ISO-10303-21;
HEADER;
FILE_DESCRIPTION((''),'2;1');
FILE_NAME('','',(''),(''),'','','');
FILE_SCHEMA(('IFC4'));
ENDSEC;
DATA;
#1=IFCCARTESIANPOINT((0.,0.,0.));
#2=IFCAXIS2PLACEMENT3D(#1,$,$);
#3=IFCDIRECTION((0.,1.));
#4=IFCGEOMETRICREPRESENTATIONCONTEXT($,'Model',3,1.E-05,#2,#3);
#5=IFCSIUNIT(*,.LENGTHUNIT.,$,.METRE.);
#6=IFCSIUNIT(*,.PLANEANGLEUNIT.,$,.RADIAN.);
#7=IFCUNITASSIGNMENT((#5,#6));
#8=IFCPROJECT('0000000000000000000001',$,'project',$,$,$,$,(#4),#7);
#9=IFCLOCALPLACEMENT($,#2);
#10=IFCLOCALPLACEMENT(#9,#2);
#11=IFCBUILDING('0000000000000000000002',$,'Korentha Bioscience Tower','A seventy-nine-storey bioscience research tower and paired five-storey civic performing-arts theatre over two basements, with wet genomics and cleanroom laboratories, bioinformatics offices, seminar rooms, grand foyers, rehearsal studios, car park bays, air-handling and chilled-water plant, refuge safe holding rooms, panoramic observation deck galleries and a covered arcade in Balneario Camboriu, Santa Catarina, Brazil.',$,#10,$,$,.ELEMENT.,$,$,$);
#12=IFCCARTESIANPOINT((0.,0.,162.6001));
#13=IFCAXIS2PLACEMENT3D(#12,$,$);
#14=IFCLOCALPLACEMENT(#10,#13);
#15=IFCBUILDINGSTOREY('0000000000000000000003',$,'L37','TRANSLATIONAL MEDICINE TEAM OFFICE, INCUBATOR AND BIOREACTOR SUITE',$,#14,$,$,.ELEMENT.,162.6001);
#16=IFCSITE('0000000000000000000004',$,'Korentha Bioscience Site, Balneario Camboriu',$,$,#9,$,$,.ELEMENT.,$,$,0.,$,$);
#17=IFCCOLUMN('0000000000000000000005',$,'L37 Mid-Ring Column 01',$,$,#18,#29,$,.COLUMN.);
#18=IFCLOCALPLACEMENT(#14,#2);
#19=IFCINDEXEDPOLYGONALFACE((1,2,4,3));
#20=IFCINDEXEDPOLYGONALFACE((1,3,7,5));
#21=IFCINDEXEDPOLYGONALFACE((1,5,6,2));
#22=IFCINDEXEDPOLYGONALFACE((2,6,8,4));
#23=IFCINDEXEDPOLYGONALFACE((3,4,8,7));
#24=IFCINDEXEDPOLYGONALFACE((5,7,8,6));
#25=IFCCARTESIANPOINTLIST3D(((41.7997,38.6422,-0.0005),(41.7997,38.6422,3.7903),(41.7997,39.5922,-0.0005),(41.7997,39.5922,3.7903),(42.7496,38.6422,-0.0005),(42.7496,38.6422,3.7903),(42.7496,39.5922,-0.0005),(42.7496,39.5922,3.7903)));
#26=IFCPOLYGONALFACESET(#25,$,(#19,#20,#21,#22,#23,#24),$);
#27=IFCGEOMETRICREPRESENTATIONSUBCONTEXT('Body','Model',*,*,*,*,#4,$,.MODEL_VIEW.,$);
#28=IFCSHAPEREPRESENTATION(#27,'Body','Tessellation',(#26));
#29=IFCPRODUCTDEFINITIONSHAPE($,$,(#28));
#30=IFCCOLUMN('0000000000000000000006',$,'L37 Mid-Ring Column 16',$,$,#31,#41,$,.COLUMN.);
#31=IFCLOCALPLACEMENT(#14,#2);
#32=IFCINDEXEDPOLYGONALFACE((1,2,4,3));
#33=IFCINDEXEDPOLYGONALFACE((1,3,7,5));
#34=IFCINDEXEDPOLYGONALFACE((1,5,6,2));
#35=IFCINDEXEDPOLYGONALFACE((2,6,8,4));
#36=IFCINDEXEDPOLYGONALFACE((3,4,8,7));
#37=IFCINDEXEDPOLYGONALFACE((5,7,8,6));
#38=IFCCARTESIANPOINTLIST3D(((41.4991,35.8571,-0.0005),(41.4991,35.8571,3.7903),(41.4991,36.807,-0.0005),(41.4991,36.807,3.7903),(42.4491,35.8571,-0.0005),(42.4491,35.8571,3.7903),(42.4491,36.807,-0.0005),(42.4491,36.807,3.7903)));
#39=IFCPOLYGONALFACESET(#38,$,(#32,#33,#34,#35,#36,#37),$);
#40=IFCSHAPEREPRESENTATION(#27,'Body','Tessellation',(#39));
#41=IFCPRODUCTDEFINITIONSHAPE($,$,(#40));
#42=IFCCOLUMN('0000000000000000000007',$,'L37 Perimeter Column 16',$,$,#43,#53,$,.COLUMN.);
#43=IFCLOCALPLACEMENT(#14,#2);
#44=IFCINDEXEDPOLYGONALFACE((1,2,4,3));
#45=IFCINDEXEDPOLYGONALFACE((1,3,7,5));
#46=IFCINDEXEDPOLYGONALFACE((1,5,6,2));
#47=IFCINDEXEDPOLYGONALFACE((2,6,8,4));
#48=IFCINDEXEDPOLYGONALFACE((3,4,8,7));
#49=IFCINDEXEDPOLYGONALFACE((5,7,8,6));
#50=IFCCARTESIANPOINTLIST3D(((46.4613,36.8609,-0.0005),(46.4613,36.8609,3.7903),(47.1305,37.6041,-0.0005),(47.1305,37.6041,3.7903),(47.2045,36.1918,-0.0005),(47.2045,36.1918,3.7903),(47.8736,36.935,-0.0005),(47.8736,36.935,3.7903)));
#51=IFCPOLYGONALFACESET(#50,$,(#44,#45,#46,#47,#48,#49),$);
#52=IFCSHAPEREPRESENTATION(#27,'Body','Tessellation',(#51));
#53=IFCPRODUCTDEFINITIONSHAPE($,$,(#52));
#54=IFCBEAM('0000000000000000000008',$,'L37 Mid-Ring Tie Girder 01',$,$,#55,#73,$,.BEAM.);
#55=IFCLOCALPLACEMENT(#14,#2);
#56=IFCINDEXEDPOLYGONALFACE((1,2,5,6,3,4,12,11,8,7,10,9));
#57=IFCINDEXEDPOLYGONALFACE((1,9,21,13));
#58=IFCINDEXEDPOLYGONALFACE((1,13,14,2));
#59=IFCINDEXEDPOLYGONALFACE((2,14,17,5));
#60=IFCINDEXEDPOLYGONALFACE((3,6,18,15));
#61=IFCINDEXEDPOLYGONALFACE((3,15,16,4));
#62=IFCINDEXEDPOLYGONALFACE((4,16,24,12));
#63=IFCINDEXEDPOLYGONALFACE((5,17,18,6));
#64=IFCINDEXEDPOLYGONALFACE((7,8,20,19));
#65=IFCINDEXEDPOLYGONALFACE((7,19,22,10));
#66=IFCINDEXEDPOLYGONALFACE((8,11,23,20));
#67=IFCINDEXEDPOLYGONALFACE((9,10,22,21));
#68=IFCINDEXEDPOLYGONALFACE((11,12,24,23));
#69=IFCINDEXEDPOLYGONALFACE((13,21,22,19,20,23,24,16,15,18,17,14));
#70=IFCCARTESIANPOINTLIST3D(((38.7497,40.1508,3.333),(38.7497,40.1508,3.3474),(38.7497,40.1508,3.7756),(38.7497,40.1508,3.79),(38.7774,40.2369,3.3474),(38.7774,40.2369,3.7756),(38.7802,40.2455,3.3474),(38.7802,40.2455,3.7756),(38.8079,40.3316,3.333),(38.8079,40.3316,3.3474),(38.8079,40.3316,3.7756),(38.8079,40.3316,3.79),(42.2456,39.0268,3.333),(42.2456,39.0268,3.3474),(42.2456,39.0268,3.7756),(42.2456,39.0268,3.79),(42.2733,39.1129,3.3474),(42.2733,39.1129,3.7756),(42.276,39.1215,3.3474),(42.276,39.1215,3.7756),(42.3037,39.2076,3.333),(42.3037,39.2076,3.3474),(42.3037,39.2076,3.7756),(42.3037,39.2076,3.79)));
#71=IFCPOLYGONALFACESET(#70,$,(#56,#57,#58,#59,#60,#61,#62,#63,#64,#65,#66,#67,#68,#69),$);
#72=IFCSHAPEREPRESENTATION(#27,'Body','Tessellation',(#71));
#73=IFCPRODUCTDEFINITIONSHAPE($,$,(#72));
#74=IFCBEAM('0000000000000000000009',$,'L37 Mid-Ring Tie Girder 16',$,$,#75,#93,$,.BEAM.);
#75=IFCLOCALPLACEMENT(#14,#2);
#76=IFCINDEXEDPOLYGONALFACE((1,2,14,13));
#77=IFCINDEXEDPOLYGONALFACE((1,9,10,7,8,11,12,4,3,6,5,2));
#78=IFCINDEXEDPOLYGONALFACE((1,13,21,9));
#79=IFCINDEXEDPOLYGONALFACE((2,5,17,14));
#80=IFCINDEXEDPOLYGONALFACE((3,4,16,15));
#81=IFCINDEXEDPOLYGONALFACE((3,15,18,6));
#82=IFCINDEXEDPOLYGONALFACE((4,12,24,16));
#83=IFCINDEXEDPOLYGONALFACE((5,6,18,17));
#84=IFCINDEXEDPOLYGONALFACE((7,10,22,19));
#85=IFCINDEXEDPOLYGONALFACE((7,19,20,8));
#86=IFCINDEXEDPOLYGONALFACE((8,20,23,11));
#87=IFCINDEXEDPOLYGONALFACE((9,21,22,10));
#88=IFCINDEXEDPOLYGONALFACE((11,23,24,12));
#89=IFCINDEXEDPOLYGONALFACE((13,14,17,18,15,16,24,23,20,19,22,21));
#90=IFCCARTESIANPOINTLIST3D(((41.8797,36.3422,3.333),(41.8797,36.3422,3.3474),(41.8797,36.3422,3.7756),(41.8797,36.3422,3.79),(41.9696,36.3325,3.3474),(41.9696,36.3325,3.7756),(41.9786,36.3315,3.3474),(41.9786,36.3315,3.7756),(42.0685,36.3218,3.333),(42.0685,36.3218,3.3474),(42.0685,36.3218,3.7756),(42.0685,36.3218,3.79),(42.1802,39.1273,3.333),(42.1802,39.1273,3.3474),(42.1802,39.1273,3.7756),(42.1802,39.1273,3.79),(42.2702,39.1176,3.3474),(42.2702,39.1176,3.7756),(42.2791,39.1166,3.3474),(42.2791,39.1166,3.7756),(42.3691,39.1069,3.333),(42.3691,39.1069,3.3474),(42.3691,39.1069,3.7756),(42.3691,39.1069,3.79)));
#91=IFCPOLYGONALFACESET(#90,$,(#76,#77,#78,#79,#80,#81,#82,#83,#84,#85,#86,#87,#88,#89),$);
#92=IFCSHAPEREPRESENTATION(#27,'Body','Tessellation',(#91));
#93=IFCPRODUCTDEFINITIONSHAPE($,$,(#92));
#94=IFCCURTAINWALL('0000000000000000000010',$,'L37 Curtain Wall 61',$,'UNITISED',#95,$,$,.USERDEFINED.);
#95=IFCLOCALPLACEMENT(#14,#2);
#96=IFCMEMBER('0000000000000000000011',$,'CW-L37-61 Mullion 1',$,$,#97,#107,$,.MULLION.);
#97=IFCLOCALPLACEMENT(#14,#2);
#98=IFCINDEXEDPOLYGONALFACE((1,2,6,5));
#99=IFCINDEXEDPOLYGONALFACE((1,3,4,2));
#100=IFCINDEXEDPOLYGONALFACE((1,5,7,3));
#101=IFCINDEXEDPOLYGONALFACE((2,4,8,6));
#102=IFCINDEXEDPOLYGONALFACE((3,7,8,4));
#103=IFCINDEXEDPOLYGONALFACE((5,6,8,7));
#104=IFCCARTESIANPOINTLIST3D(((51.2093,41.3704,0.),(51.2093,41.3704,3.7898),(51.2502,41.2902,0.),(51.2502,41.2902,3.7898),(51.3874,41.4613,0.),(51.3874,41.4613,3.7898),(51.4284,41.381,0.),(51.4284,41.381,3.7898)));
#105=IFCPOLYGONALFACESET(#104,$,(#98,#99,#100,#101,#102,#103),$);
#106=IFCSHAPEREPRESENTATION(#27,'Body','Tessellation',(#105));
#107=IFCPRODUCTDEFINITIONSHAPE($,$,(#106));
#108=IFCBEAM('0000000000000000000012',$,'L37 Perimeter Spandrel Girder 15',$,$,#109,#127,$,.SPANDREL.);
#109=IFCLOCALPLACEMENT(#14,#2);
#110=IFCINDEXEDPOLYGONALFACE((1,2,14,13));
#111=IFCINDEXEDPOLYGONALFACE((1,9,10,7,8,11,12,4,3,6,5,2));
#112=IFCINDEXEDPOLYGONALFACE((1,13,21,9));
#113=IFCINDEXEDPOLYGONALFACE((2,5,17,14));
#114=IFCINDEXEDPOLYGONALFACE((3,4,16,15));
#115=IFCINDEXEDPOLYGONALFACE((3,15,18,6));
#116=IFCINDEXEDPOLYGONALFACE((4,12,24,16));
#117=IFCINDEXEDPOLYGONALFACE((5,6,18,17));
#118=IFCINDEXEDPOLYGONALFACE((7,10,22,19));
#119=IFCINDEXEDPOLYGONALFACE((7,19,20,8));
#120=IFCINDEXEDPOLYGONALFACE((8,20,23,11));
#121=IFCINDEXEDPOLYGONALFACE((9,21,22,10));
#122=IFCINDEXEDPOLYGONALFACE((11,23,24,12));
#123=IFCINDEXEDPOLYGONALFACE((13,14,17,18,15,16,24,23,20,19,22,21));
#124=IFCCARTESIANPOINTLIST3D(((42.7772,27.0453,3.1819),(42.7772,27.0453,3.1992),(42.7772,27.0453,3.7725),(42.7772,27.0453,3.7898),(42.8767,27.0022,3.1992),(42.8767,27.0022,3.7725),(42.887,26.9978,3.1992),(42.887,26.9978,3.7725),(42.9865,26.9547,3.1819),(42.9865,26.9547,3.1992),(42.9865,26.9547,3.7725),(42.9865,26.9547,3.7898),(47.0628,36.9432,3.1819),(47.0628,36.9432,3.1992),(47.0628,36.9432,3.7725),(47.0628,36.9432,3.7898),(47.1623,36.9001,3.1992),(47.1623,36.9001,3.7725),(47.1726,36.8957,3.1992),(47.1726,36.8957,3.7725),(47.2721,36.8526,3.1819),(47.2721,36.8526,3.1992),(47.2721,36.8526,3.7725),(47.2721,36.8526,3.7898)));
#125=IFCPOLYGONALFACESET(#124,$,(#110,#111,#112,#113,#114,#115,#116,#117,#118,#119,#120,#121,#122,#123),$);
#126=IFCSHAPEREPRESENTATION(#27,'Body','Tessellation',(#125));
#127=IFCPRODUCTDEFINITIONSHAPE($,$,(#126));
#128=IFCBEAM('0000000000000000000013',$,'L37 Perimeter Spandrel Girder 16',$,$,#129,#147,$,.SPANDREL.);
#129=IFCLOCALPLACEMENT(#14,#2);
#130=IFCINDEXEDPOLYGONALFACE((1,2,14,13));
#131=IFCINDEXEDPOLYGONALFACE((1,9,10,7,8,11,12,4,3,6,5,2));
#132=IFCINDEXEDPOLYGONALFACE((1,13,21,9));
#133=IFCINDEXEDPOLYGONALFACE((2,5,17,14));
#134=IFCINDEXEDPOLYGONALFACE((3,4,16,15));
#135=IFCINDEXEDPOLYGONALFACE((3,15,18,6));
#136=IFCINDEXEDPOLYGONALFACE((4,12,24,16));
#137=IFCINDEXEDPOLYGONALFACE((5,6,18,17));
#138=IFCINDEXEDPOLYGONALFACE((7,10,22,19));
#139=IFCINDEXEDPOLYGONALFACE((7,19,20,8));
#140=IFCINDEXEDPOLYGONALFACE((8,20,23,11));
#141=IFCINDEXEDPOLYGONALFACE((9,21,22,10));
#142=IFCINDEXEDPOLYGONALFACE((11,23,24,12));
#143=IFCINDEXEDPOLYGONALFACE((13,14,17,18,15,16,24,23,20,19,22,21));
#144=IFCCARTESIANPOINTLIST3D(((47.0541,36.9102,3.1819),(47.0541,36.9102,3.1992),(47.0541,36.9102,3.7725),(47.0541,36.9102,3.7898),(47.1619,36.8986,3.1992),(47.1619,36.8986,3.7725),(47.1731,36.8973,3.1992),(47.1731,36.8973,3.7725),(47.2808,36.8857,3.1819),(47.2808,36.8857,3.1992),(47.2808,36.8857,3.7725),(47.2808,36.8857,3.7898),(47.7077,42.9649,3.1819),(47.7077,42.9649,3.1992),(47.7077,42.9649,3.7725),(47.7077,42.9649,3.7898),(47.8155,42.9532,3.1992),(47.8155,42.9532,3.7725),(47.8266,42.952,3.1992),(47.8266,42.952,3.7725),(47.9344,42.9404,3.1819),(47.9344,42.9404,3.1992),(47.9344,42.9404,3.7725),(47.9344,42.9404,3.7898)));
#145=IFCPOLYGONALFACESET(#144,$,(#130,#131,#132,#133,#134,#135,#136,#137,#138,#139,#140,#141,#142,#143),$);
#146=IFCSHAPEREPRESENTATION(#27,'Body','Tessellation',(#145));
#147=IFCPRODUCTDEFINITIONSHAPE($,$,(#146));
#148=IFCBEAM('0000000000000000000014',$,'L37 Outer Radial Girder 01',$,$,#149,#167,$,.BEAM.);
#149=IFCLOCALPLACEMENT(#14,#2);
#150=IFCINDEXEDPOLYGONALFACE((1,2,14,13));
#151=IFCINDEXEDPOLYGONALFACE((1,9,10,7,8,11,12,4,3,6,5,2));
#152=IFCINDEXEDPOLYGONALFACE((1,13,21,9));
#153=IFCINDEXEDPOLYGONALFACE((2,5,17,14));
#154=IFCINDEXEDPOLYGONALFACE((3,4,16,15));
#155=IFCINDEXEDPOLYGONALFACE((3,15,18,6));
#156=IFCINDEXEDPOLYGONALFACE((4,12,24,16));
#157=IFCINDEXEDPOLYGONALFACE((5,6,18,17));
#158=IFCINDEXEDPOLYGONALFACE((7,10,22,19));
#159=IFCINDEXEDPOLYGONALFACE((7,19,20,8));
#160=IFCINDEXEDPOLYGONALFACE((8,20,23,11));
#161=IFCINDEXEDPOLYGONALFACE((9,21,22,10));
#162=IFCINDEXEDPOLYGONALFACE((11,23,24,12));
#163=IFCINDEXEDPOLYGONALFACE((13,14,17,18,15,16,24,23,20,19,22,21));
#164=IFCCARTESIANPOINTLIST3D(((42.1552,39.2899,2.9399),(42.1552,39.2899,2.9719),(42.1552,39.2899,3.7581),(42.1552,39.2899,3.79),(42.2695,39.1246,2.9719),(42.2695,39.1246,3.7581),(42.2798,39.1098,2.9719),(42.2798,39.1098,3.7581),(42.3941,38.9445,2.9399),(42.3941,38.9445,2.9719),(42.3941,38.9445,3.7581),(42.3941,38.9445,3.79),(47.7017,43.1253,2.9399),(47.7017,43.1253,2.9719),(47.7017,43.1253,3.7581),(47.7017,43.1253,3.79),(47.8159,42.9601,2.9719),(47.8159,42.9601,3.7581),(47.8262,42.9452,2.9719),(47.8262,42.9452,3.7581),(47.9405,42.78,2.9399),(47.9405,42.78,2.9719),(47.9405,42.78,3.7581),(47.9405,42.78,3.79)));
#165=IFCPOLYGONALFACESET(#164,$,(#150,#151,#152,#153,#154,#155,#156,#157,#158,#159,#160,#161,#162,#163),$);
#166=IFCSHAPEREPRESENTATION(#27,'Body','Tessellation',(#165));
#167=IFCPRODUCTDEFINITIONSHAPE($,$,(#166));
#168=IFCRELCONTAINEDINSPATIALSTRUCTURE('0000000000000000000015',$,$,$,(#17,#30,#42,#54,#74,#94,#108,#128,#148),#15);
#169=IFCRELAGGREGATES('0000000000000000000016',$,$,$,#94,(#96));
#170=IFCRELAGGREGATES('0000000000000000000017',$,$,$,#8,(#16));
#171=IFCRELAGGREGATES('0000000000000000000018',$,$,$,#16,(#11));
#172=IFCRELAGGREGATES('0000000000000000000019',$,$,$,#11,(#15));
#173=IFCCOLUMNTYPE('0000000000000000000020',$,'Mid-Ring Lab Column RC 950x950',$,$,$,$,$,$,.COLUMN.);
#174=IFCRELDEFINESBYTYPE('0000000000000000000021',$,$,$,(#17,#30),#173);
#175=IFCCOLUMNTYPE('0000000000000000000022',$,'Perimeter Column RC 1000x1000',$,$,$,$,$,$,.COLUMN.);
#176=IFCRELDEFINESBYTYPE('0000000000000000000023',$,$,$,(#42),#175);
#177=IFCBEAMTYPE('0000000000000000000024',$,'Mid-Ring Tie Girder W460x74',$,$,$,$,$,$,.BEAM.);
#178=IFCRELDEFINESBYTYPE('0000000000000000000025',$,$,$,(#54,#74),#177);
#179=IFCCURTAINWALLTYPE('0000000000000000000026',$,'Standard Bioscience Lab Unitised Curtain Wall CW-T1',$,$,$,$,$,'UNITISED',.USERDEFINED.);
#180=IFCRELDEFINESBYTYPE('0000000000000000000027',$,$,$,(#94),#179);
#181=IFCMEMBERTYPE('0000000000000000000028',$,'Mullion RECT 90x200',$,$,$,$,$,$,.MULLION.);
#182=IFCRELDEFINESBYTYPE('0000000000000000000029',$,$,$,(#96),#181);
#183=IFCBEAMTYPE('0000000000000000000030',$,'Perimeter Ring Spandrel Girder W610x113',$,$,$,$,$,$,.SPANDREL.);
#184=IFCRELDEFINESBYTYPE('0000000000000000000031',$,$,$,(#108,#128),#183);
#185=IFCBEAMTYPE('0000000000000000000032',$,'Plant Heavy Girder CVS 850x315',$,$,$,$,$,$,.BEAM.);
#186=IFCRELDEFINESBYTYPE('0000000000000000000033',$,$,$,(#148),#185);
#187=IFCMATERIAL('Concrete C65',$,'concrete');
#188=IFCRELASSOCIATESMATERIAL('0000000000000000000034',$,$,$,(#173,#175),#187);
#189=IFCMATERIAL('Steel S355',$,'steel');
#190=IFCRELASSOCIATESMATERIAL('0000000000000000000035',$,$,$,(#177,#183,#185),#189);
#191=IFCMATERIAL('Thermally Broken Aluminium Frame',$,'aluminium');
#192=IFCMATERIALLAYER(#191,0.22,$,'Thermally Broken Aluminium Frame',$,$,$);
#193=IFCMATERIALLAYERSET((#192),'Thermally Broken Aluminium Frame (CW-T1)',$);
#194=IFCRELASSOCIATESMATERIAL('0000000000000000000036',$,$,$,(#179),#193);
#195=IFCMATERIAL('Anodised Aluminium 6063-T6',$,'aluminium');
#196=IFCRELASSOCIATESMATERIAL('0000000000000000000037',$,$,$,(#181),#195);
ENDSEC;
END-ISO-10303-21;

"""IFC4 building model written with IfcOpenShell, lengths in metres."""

from ifc_helpers import new_model, si_unit, direction, frame, origin, origin_2d, place, context, subcontext, project, spatial, rectangle, i_section, extrude, material, layer, layer_set, material_profile, profile_set, type_object, element, aggregate, save


model = new_model("IFC4")

# Units and contexts
model_context = context("Model", 3, precision=1e-05, world=origin(), true_north=direction((0.0, 1.0)))
body_context = subcontext(model_context, "Body", "Model", "MODEL_VIEW")
ifc_project = project(units=[si_unit("LENGTHUNIT", "METRE"), si_unit("PLANEANGLEUNIT", "RADIAN")], contexts=[model_context])

# Site, building, storey
site_placement = place(None, origin())
site = spatial("IfcSite", under=ifc_project, at=site_placement, Name="Korentha Bioscience Site, Balneario Camboriu", CompositionType="ELEMENT", RefElevation=0.0)
building_placement = place(site_placement, origin())
building = spatial("IfcBuilding", under=site, at=building_placement, Name="Korentha Bioscience Tower", Description="A seventy-nine-storey bioscience research tower and paired five-storey civic performing-arts theatre over two basements, with wet genomics and cleanroom laboratories, bioinformatics offices, seminar rooms, grand foyers, rehearsal studios, car park bays, air-handling and chilled-water plant, refuge safe holding rooms, panoramic observation deck galleries and a covered arcade in Balneario Camboriu, Santa Catarina, Brazil.", CompositionType="ELEMENT")
storey_placement = place(building_placement, frame((0.0, 0.0, 162.6001)))
storey = spatial("IfcBuildingStorey", under=building, at=storey_placement, Name="L37", Description="TRANSLATIONAL MEDICINE TEAM OFFICE, INCUBATOR AND BIOREACTOR SUITE", CompositionType="ELEMENT", Elevation=162.6001)

# Columns
ifc_material_1 = material(Name="Concrete C65", Category="concrete")
ifc_material_profile_1 = material_profile(ifc_material_1, rectangle(XDim=0.95, YDim=0.95, at=origin_2d()), Name="Concrete C65")
ifc_profile_set_1 = profile_set([ifc_material_profile_1], Name="Concrete C65 (COL-MR09)")
column_type_1 = type_object("IfcColumnType", Name="Mid-Ring Lab Column RC 950x950", PredefinedType="COLUMN", material=ifc_profile_set_1)
for number, where, z_axis, x_axis, name in (
    (1, (42.2747, 39.1172, -0.0005), (0.0, 0.0, 1.0), (1.0, 0.0, 0.0), "L37 Mid-Ring Column 01"),
    (2, (41.9741, 36.332, -0.0005), (0.0, 0.0, 1.0), (1.0, 0.0, 0.0), "L37 Mid-Ring Column 16"),
):
    element("IfcColumn", number, at=place(storey_placement, frame(where, z_axis=z_axis, x_axis=x_axis)), inside=storey, type_object=column_type_1, Name=name, PredefinedType="COLUMN", context=body_context, shape_type="SweptSolid", body=[
        extrude(rectangle(XDim=0.95, YDim=0.95, at=origin_2d()), origin(), (0.0, 0.0, 1.0), 3.7908),
    ])
ifc_material_profile_2 = material_profile(ifc_material_1, rectangle(XDim=1.0, YDim=1.0, at=origin_2d()), Name="Concrete C65")
ifc_profile_set_2 = profile_set([ifc_material_profile_2], Name="Concrete C65 (COL-P10)")
column_type_2 = type_object("IfcColumnType", Name="Perimeter Column RC 1000x1000", PredefinedType="COLUMN", material=ifc_profile_set_2)
column_placement = place(storey_placement, frame((47.1675, 36.8979, -0.0005), z_axis=(0.0, 0.0, 1.0), x_axis=(0.669131, 0.743145, 0.0)))
element("IfcColumn", 3, at=column_placement, inside=storey, type_object=column_type_2, Name="L37 Perimeter Column 16", PredefinedType="COLUMN", context=body_context, shape_type="SweptSolid", body=[
    extrude(rectangle(XDim=1.0, YDim=1.0, at=origin_2d()), origin(), (0.0, 0.0, 1.0), 3.7908),
])

# Beams
ifc_material_2 = material(Name="Steel S355", Category="steel")
ifc_material_profile_3 = material_profile(ifc_material_2, i_section(OverallWidth=0.1899, OverallDepth=0.457, WebThickness=0.009, FlangeThickness=0.0144, at=origin_2d()), Name="Steel S355")
ifc_profile_set_3 = profile_set([ifc_material_profile_3], Name="Steel S355 (MB-460)")
beam_type_1 = type_object("IfcBeamType", Name="Mid-Ring Tie Girder W460x74", PredefinedType="BEAM", material=ifc_profile_set_3)
beam_1_placement = place(storey_placement, frame((42.2747, 39.1172, 3.5615), z_axis=(-0.952, 0.306097, 0.0), x_axis=(-0.306097, -0.952, 0.0)))
element("IfcBeam", 4, at=beam_1_placement, inside=storey, type_object=beam_type_1, Name="L37 Mid-Ring Tie Girder 01", PredefinedType="BEAM", context=body_context, shape_type="SweptSolid", body=[
    extrude(i_section(OverallWidth=0.1899, OverallDepth=0.457, WebThickness=0.009, FlangeThickness=0.0144, at=origin_2d()), origin(), (0.0, 0.0, 1.0), 3.6721),
])
beam_2_placement = place(storey_placement, frame((41.9741, 36.332, 3.5615), z_axis=(0.107284, 0.994228, 0.0), x_axis=(-0.994228, 0.107284, 0.0)))
element("IfcBeam", 5, at=beam_2_placement, inside=storey, type_object=beam_type_1, Name="L37 Mid-Ring Tie Girder 16", PredefinedType="BEAM", context=body_context, shape_type="SweptSolid", body=[
    extrude(i_section(OverallWidth=0.1899, OverallDepth=0.457, WebThickness=0.009, FlangeThickness=0.0144, at=origin_2d()), origin(), (0.0, 0.0, 1.0), 2.8013),
])

# Curtain wall, member
ifc_material_3 = material(Name="Thermally Broken Aluminium Frame", Category="aluminium")
ifc_layer_1 = layer(ifc_material_3, 0.22, Name="Thermally Broken Aluminium Frame")
ifc_layer_set_1 = layer_set([ifc_layer_1], Name="Thermally Broken Aluminium Frame (CW-T1)")
curtain_wall_type = type_object("IfcCurtainWallType", Name="Standard Bioscience Lab Unitised Curtain Wall CW-T1", ElementType="UNITISED", PredefinedType="USERDEFINED", material=ifc_layer_set_1)
curtain_wall_placement = place(storey_placement, origin())
curtain_wall = element("IfcCurtainWall", 6, at=curtain_wall_placement, inside=storey, type_object=curtain_wall_type, Name="L37 Curtain Wall 61", ObjectType="UNITISED", PredefinedType="USERDEFINED")
ifc_material_4 = material(Name="Anodised Aluminium 6063-T6", Category="aluminium")
ifc_material_profile_4 = material_profile(ifc_material_4, rectangle(XDim=0.0901, YDim=0.2, at=origin_2d()), Name="Anodised Aluminium 6063-T6")
ifc_profile_set_4 = profile_set([ifc_material_profile_4], Name="Anodised Aluminium 6063-T6 (CW-MUL)")
member_type_1 = type_object("IfcMemberType", Name="Mullion RECT 90x200", PredefinedType="MULLION", material=ifc_profile_set_4)
member_1_placement = place(storey_placement, frame((51.3188, 41.3757, 0.0), z_axis=(0.0, 0.0, 1.0), x_axis=(-0.454288, 0.890855, 0.0)))
member_1 = element("IfcMember", 7, at=member_1_placement, type_object=member_type_1, Name="CW-L37-61 Mullion 1", PredefinedType="MULLION", context=body_context, shape_type="SweptSolid", body=[
    extrude(rectangle(XDim=0.0901, YDim=0.2, at=origin_2d()), origin(), (0.0, 0.0, 1.0), 3.7898),
])

# Beams
ifc_material_profile_5 = material_profile(ifc_material_2, i_section(OverallWidth=0.228, OverallDepth=0.6079, WebThickness=0.0112, FlangeThickness=0.0173, at=origin_2d()), Name="Steel S355")
ifc_profile_set_5 = profile_set([ifc_material_profile_5], Name="Steel S355 (SB-610)")
beam_type_2 = type_object("IfcBeamType", Name="Perimeter Ring Spandrel Girder W610x113", PredefinedType="SPANDREL", material=ifc_profile_set_5)
beam_3_placement = place(storey_placement, frame((42.8818, 27.0, 3.4858), z_axis=(0.397337, 0.917673, 0.0), x_axis=(-0.917673, 0.397337, 0.0)))
element("IfcBeam", 8, at=beam_3_placement, inside=storey, type_object=beam_type_2, Name="L37 Perimeter Spandrel Girder 15", PredefinedType="SPANDREL", context=body_context, shape_type="SweptSolid", body=[
    extrude(i_section(OverallWidth=0.228, OverallDepth=0.6079, WebThickness=0.0112, FlangeThickness=0.0173, at=origin_2d()), origin(), (0.0, 0.0, 1.0), 10.7859),
])
beam_4_placement = place(storey_placement, frame((47.1675, 36.8979, 3.4858), z_axis=(0.10732, 0.994225, 0.0), x_axis=(-0.994225, 0.10732, 0.0)))
element("IfcBeam", 9, at=beam_4_placement, inside=storey, type_object=beam_type_2, Name="L37 Perimeter Spandrel Girder 16", PredefinedType="SPANDREL", context=body_context, shape_type="SweptSolid", body=[
    extrude(i_section(OverallWidth=0.228, OverallDepth=0.6079, WebThickness=0.0112, FlangeThickness=0.0173, at=origin_2d()), origin(), (0.0, 0.0, 1.0), 6.0898),
])
ifc_material_profile_6 = material_profile(ifc_material_2, i_section(OverallWidth=0.4199, OverallDepth=0.8501, WebThickness=0.0181, FlangeThickness=0.032, at=origin_2d()), Name="Steel S355")
ifc_profile_set_6 = profile_set([ifc_material_profile_6], Name="Steel S355 (MB-850)")
beam_type_3 = type_object("IfcBeamType", Name="Plant Heavy Girder CVS 850x315", PredefinedType="BEAM", material=ifc_profile_set_6)
beam_5_placement = place(storey_placement, frame((42.2747, 39.1172, 3.365), z_axis=(0.822494, 0.568773, 0.0), x_axis=(-0.568773, 0.822494, 0.0)))
element("IfcBeam", 10, at=beam_5_placement, inside=storey, type_object=beam_type_3, Name="L37 Outer Radial Girder 01", PredefinedType="BEAM", context=body_context, shape_type="SweptSolid", body=[
    extrude(i_section(OverallWidth=0.4199, OverallDepth=0.8501, WebThickness=0.0181, FlangeThickness=0.032, at=origin_2d()), origin(), (0.0, 0.0, 1.0), 6.7434),
])

aggregate(curtain_wall, [member_1])

save(model, "model.ifc")
